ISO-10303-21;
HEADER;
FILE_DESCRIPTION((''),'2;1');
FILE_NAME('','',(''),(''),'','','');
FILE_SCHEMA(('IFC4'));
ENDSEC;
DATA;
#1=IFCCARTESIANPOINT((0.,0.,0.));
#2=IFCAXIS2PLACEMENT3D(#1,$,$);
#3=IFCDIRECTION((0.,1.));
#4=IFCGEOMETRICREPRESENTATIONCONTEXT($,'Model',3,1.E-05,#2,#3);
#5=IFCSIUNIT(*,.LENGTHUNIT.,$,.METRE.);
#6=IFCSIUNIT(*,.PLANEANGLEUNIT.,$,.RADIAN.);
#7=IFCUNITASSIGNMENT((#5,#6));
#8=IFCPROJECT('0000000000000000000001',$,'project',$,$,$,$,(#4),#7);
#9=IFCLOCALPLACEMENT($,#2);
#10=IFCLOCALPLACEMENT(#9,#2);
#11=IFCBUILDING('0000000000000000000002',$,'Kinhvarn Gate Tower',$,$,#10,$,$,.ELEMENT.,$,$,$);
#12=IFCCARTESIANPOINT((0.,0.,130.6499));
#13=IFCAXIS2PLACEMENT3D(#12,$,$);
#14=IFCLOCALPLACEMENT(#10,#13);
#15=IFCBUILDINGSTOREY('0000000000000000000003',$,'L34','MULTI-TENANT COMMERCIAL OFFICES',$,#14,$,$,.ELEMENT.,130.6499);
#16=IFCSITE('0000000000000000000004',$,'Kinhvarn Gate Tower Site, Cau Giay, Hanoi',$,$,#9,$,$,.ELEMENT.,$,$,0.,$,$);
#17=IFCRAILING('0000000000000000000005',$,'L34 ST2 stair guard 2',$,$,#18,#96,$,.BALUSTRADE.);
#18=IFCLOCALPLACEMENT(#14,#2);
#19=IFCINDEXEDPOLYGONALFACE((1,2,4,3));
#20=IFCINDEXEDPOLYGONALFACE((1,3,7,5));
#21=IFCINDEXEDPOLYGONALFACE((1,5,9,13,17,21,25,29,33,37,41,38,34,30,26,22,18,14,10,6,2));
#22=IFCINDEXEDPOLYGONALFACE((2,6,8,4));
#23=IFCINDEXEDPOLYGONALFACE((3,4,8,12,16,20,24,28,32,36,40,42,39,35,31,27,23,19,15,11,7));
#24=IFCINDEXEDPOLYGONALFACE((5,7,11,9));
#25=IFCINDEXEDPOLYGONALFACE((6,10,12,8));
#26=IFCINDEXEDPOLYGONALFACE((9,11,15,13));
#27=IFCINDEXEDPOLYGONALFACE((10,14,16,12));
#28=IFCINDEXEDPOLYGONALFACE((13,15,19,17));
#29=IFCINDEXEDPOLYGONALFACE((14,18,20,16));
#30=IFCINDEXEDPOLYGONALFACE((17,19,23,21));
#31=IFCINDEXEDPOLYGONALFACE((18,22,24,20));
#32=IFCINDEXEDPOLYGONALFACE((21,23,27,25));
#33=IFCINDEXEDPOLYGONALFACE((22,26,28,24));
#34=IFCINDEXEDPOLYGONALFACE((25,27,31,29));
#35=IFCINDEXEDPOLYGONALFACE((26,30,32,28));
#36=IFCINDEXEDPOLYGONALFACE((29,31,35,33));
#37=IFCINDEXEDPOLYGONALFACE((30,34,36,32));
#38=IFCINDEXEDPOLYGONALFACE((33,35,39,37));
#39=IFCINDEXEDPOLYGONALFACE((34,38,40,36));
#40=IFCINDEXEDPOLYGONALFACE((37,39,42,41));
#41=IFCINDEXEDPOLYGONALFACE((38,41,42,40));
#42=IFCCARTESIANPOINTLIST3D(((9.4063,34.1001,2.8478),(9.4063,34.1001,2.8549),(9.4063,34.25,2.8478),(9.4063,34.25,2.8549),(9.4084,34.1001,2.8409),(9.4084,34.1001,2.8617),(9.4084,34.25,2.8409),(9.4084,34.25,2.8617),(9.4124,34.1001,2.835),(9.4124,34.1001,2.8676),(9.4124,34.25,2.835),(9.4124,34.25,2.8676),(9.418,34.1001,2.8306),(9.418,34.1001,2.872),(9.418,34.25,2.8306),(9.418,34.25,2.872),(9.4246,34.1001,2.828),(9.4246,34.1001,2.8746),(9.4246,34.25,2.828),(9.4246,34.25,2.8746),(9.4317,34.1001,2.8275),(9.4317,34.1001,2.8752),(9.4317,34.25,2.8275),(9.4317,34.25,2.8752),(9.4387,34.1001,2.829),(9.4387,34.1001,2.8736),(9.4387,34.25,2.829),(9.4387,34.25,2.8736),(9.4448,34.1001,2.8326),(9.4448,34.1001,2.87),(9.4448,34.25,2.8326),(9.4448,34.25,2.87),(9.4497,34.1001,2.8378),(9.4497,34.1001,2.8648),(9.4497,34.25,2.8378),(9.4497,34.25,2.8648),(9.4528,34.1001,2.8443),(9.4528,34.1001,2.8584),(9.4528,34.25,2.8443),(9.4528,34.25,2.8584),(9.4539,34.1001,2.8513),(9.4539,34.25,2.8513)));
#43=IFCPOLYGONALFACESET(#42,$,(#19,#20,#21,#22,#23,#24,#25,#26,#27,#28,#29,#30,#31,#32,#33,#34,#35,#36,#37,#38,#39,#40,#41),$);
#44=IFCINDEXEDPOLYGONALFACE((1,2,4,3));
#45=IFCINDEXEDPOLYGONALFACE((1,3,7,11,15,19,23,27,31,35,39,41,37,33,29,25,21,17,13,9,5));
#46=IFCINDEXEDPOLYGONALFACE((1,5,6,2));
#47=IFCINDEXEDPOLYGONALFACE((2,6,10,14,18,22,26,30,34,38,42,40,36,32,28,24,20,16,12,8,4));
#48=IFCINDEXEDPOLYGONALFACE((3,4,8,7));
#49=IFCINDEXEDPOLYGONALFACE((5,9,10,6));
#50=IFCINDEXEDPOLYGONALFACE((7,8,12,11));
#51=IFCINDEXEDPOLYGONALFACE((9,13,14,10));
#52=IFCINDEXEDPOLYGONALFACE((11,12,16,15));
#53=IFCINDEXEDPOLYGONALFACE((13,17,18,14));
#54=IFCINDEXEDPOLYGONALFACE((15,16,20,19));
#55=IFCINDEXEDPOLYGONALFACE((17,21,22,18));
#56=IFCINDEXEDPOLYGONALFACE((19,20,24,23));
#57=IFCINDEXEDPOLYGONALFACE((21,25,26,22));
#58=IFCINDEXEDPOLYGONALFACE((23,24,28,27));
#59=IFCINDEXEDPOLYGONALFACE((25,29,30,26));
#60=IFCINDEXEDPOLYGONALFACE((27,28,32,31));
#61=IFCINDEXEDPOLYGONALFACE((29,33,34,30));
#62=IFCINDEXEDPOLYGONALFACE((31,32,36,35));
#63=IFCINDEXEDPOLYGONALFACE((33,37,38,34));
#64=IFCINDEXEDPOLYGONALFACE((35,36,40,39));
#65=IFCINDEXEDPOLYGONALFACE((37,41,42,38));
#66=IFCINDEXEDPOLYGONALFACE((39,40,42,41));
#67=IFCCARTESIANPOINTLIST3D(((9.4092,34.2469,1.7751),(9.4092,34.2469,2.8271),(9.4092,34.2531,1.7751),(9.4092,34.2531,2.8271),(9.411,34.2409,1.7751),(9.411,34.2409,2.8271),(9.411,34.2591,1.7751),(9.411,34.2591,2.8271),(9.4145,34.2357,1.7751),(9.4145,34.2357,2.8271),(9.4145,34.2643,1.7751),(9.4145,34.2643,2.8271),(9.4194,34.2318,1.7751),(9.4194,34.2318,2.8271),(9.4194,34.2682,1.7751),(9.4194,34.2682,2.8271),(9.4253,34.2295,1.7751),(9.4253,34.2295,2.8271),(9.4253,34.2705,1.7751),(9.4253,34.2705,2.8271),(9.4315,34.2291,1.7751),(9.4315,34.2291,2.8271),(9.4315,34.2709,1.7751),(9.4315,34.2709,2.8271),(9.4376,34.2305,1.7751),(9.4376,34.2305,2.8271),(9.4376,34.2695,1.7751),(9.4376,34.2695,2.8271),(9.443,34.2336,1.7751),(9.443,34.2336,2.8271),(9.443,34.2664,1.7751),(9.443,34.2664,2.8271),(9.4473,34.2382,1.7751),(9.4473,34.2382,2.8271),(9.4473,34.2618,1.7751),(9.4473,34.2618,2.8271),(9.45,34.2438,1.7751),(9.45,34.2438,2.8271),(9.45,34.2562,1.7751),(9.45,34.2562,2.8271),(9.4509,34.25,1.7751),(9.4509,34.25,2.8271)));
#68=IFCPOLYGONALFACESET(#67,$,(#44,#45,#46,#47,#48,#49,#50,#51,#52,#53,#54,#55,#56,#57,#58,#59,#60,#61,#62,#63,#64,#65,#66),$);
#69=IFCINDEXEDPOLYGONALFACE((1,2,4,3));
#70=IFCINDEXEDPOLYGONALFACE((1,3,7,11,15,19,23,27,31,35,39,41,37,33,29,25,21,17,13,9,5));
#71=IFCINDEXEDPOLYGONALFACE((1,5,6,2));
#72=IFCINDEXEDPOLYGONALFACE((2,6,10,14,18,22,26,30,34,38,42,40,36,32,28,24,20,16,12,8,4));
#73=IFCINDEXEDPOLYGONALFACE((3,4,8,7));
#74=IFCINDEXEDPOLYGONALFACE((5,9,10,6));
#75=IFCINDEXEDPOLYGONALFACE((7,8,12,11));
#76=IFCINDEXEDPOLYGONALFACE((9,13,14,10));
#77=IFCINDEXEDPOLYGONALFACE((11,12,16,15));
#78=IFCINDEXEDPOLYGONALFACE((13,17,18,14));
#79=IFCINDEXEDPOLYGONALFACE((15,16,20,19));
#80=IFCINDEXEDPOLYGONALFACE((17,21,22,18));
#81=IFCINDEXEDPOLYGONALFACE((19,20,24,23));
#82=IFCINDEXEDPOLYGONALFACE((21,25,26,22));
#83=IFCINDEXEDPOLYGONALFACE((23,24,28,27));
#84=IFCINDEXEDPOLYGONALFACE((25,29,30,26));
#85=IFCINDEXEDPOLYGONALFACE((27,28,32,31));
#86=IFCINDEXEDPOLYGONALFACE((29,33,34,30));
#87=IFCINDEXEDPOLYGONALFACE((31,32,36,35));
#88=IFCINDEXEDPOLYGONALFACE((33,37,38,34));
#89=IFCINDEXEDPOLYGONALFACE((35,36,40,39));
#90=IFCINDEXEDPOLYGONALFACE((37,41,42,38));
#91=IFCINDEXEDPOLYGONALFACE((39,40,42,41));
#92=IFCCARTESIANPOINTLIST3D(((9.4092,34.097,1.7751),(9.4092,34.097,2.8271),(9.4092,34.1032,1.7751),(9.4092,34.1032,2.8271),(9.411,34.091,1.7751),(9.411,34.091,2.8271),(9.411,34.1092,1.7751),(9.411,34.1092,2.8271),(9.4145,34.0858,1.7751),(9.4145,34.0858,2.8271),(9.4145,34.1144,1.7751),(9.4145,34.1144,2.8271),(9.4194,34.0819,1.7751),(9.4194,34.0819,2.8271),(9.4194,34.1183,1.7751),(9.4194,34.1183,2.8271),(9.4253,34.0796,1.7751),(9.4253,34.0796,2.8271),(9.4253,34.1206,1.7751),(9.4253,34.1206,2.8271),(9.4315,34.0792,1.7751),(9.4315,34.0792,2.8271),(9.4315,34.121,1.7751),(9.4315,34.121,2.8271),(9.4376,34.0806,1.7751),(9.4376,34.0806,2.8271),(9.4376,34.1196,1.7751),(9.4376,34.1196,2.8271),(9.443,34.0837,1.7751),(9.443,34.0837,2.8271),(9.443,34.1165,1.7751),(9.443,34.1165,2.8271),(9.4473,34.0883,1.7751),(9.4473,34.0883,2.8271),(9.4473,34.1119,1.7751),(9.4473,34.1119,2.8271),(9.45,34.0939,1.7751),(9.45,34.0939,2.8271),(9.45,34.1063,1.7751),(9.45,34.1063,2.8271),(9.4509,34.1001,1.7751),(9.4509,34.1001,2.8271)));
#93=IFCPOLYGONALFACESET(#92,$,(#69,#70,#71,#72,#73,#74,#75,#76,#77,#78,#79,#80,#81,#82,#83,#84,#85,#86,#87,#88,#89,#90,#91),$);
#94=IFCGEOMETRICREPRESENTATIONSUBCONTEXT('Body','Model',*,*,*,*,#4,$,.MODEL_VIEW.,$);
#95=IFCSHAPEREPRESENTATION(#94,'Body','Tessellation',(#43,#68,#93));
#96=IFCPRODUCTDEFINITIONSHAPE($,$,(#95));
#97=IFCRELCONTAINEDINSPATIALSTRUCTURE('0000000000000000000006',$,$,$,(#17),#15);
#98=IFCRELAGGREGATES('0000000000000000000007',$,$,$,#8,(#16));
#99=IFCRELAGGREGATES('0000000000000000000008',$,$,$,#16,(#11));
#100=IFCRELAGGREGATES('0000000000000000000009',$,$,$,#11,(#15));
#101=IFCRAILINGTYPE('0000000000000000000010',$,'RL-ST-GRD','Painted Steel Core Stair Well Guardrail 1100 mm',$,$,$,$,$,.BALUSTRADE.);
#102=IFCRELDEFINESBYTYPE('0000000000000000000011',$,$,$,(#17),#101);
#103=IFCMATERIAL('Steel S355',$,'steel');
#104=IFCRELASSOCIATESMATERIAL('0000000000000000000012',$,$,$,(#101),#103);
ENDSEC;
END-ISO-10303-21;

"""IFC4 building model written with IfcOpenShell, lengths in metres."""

from ifc_helpers import new_model, si_unit, direction, frame, origin, origin_2d, place, context, subcontext, project, spatial, circle, extrude, material, type_object, element, save


model = new_model("IFC4")

# Units and contexts
model_context = context("Model", 3, precision=1e-05, world=origin(), true_north=direction((0.0, 1.0)))
body_context = subcontext(model_context, "Body", "Model", "MODEL_VIEW")
ifc_project = project(units=[si_unit("LENGTHUNIT", "METRE"), si_unit("PLANEANGLEUNIT", "RADIAN")], contexts=[model_context])

# Site, building, storey
site_placement = place(None, origin())
site = spatial("IfcSite", under=ifc_project, at=site_placement, Name="Kinhvarn Gate Tower Site, Cau Giay, Hanoi", CompositionType="ELEMENT", RefElevation=0.0)
building_placement = place(site_placement, origin())
building = spatial("IfcBuilding", under=site, at=building_placement, Name="Kinhvarn Gate Tower", CompositionType="ELEMENT")
storey_placement = place(building_placement, frame((0.0, 0.0, 130.6499)))
storey = spatial("IfcBuildingStorey", under=building, at=storey_placement, Name="L34", Description="MULTI-TENANT COMMERCIAL OFFICES", CompositionType="ELEMENT", Elevation=130.6499)

# Shared definitions
ifc_material_1 = material(Name="Steel S355", Category="steel")

# Railing
railing_type_1 = type_object("IfcRailingType", Name="RL-ST-GRD", Description="Painted Steel Core Stair Well Guardrail 1100 mm", PredefinedType="BALUSTRADE", material=ifc_material_1)
railing_1_placement = place(storey_placement, frame((9.4299, 34.25, 1.7751)))
element("IfcRailing", 1, at=railing_1_placement, inside=storey, type_object=railing_type_1, Name="L34 ST2 stair guard 2", PredefinedType="BALUSTRADE", context=body_context, shape_type="SweptSolid", body=[
    extrude(circle(Radius=0.0239, at=origin_2d()), frame((0.0, 0.0, 1.0762), z_axis=(0.0, -1.0, 0.0), x_axis=(1.0, 0.0, 0.0)), (0.0, 0.0, 1.0), 0.1499),
    extrude(circle(Radius=0.021, at=origin_2d()), origin(), (0.0, 0.0, 1.0), 1.052),
    extrude(circle(Radius=0.021, at=origin_2d()), frame((0.0, -0.1499, 0.0)), (0.0, 0.0, 1.0), 1.052),
])

save(model, "model.ifc")
